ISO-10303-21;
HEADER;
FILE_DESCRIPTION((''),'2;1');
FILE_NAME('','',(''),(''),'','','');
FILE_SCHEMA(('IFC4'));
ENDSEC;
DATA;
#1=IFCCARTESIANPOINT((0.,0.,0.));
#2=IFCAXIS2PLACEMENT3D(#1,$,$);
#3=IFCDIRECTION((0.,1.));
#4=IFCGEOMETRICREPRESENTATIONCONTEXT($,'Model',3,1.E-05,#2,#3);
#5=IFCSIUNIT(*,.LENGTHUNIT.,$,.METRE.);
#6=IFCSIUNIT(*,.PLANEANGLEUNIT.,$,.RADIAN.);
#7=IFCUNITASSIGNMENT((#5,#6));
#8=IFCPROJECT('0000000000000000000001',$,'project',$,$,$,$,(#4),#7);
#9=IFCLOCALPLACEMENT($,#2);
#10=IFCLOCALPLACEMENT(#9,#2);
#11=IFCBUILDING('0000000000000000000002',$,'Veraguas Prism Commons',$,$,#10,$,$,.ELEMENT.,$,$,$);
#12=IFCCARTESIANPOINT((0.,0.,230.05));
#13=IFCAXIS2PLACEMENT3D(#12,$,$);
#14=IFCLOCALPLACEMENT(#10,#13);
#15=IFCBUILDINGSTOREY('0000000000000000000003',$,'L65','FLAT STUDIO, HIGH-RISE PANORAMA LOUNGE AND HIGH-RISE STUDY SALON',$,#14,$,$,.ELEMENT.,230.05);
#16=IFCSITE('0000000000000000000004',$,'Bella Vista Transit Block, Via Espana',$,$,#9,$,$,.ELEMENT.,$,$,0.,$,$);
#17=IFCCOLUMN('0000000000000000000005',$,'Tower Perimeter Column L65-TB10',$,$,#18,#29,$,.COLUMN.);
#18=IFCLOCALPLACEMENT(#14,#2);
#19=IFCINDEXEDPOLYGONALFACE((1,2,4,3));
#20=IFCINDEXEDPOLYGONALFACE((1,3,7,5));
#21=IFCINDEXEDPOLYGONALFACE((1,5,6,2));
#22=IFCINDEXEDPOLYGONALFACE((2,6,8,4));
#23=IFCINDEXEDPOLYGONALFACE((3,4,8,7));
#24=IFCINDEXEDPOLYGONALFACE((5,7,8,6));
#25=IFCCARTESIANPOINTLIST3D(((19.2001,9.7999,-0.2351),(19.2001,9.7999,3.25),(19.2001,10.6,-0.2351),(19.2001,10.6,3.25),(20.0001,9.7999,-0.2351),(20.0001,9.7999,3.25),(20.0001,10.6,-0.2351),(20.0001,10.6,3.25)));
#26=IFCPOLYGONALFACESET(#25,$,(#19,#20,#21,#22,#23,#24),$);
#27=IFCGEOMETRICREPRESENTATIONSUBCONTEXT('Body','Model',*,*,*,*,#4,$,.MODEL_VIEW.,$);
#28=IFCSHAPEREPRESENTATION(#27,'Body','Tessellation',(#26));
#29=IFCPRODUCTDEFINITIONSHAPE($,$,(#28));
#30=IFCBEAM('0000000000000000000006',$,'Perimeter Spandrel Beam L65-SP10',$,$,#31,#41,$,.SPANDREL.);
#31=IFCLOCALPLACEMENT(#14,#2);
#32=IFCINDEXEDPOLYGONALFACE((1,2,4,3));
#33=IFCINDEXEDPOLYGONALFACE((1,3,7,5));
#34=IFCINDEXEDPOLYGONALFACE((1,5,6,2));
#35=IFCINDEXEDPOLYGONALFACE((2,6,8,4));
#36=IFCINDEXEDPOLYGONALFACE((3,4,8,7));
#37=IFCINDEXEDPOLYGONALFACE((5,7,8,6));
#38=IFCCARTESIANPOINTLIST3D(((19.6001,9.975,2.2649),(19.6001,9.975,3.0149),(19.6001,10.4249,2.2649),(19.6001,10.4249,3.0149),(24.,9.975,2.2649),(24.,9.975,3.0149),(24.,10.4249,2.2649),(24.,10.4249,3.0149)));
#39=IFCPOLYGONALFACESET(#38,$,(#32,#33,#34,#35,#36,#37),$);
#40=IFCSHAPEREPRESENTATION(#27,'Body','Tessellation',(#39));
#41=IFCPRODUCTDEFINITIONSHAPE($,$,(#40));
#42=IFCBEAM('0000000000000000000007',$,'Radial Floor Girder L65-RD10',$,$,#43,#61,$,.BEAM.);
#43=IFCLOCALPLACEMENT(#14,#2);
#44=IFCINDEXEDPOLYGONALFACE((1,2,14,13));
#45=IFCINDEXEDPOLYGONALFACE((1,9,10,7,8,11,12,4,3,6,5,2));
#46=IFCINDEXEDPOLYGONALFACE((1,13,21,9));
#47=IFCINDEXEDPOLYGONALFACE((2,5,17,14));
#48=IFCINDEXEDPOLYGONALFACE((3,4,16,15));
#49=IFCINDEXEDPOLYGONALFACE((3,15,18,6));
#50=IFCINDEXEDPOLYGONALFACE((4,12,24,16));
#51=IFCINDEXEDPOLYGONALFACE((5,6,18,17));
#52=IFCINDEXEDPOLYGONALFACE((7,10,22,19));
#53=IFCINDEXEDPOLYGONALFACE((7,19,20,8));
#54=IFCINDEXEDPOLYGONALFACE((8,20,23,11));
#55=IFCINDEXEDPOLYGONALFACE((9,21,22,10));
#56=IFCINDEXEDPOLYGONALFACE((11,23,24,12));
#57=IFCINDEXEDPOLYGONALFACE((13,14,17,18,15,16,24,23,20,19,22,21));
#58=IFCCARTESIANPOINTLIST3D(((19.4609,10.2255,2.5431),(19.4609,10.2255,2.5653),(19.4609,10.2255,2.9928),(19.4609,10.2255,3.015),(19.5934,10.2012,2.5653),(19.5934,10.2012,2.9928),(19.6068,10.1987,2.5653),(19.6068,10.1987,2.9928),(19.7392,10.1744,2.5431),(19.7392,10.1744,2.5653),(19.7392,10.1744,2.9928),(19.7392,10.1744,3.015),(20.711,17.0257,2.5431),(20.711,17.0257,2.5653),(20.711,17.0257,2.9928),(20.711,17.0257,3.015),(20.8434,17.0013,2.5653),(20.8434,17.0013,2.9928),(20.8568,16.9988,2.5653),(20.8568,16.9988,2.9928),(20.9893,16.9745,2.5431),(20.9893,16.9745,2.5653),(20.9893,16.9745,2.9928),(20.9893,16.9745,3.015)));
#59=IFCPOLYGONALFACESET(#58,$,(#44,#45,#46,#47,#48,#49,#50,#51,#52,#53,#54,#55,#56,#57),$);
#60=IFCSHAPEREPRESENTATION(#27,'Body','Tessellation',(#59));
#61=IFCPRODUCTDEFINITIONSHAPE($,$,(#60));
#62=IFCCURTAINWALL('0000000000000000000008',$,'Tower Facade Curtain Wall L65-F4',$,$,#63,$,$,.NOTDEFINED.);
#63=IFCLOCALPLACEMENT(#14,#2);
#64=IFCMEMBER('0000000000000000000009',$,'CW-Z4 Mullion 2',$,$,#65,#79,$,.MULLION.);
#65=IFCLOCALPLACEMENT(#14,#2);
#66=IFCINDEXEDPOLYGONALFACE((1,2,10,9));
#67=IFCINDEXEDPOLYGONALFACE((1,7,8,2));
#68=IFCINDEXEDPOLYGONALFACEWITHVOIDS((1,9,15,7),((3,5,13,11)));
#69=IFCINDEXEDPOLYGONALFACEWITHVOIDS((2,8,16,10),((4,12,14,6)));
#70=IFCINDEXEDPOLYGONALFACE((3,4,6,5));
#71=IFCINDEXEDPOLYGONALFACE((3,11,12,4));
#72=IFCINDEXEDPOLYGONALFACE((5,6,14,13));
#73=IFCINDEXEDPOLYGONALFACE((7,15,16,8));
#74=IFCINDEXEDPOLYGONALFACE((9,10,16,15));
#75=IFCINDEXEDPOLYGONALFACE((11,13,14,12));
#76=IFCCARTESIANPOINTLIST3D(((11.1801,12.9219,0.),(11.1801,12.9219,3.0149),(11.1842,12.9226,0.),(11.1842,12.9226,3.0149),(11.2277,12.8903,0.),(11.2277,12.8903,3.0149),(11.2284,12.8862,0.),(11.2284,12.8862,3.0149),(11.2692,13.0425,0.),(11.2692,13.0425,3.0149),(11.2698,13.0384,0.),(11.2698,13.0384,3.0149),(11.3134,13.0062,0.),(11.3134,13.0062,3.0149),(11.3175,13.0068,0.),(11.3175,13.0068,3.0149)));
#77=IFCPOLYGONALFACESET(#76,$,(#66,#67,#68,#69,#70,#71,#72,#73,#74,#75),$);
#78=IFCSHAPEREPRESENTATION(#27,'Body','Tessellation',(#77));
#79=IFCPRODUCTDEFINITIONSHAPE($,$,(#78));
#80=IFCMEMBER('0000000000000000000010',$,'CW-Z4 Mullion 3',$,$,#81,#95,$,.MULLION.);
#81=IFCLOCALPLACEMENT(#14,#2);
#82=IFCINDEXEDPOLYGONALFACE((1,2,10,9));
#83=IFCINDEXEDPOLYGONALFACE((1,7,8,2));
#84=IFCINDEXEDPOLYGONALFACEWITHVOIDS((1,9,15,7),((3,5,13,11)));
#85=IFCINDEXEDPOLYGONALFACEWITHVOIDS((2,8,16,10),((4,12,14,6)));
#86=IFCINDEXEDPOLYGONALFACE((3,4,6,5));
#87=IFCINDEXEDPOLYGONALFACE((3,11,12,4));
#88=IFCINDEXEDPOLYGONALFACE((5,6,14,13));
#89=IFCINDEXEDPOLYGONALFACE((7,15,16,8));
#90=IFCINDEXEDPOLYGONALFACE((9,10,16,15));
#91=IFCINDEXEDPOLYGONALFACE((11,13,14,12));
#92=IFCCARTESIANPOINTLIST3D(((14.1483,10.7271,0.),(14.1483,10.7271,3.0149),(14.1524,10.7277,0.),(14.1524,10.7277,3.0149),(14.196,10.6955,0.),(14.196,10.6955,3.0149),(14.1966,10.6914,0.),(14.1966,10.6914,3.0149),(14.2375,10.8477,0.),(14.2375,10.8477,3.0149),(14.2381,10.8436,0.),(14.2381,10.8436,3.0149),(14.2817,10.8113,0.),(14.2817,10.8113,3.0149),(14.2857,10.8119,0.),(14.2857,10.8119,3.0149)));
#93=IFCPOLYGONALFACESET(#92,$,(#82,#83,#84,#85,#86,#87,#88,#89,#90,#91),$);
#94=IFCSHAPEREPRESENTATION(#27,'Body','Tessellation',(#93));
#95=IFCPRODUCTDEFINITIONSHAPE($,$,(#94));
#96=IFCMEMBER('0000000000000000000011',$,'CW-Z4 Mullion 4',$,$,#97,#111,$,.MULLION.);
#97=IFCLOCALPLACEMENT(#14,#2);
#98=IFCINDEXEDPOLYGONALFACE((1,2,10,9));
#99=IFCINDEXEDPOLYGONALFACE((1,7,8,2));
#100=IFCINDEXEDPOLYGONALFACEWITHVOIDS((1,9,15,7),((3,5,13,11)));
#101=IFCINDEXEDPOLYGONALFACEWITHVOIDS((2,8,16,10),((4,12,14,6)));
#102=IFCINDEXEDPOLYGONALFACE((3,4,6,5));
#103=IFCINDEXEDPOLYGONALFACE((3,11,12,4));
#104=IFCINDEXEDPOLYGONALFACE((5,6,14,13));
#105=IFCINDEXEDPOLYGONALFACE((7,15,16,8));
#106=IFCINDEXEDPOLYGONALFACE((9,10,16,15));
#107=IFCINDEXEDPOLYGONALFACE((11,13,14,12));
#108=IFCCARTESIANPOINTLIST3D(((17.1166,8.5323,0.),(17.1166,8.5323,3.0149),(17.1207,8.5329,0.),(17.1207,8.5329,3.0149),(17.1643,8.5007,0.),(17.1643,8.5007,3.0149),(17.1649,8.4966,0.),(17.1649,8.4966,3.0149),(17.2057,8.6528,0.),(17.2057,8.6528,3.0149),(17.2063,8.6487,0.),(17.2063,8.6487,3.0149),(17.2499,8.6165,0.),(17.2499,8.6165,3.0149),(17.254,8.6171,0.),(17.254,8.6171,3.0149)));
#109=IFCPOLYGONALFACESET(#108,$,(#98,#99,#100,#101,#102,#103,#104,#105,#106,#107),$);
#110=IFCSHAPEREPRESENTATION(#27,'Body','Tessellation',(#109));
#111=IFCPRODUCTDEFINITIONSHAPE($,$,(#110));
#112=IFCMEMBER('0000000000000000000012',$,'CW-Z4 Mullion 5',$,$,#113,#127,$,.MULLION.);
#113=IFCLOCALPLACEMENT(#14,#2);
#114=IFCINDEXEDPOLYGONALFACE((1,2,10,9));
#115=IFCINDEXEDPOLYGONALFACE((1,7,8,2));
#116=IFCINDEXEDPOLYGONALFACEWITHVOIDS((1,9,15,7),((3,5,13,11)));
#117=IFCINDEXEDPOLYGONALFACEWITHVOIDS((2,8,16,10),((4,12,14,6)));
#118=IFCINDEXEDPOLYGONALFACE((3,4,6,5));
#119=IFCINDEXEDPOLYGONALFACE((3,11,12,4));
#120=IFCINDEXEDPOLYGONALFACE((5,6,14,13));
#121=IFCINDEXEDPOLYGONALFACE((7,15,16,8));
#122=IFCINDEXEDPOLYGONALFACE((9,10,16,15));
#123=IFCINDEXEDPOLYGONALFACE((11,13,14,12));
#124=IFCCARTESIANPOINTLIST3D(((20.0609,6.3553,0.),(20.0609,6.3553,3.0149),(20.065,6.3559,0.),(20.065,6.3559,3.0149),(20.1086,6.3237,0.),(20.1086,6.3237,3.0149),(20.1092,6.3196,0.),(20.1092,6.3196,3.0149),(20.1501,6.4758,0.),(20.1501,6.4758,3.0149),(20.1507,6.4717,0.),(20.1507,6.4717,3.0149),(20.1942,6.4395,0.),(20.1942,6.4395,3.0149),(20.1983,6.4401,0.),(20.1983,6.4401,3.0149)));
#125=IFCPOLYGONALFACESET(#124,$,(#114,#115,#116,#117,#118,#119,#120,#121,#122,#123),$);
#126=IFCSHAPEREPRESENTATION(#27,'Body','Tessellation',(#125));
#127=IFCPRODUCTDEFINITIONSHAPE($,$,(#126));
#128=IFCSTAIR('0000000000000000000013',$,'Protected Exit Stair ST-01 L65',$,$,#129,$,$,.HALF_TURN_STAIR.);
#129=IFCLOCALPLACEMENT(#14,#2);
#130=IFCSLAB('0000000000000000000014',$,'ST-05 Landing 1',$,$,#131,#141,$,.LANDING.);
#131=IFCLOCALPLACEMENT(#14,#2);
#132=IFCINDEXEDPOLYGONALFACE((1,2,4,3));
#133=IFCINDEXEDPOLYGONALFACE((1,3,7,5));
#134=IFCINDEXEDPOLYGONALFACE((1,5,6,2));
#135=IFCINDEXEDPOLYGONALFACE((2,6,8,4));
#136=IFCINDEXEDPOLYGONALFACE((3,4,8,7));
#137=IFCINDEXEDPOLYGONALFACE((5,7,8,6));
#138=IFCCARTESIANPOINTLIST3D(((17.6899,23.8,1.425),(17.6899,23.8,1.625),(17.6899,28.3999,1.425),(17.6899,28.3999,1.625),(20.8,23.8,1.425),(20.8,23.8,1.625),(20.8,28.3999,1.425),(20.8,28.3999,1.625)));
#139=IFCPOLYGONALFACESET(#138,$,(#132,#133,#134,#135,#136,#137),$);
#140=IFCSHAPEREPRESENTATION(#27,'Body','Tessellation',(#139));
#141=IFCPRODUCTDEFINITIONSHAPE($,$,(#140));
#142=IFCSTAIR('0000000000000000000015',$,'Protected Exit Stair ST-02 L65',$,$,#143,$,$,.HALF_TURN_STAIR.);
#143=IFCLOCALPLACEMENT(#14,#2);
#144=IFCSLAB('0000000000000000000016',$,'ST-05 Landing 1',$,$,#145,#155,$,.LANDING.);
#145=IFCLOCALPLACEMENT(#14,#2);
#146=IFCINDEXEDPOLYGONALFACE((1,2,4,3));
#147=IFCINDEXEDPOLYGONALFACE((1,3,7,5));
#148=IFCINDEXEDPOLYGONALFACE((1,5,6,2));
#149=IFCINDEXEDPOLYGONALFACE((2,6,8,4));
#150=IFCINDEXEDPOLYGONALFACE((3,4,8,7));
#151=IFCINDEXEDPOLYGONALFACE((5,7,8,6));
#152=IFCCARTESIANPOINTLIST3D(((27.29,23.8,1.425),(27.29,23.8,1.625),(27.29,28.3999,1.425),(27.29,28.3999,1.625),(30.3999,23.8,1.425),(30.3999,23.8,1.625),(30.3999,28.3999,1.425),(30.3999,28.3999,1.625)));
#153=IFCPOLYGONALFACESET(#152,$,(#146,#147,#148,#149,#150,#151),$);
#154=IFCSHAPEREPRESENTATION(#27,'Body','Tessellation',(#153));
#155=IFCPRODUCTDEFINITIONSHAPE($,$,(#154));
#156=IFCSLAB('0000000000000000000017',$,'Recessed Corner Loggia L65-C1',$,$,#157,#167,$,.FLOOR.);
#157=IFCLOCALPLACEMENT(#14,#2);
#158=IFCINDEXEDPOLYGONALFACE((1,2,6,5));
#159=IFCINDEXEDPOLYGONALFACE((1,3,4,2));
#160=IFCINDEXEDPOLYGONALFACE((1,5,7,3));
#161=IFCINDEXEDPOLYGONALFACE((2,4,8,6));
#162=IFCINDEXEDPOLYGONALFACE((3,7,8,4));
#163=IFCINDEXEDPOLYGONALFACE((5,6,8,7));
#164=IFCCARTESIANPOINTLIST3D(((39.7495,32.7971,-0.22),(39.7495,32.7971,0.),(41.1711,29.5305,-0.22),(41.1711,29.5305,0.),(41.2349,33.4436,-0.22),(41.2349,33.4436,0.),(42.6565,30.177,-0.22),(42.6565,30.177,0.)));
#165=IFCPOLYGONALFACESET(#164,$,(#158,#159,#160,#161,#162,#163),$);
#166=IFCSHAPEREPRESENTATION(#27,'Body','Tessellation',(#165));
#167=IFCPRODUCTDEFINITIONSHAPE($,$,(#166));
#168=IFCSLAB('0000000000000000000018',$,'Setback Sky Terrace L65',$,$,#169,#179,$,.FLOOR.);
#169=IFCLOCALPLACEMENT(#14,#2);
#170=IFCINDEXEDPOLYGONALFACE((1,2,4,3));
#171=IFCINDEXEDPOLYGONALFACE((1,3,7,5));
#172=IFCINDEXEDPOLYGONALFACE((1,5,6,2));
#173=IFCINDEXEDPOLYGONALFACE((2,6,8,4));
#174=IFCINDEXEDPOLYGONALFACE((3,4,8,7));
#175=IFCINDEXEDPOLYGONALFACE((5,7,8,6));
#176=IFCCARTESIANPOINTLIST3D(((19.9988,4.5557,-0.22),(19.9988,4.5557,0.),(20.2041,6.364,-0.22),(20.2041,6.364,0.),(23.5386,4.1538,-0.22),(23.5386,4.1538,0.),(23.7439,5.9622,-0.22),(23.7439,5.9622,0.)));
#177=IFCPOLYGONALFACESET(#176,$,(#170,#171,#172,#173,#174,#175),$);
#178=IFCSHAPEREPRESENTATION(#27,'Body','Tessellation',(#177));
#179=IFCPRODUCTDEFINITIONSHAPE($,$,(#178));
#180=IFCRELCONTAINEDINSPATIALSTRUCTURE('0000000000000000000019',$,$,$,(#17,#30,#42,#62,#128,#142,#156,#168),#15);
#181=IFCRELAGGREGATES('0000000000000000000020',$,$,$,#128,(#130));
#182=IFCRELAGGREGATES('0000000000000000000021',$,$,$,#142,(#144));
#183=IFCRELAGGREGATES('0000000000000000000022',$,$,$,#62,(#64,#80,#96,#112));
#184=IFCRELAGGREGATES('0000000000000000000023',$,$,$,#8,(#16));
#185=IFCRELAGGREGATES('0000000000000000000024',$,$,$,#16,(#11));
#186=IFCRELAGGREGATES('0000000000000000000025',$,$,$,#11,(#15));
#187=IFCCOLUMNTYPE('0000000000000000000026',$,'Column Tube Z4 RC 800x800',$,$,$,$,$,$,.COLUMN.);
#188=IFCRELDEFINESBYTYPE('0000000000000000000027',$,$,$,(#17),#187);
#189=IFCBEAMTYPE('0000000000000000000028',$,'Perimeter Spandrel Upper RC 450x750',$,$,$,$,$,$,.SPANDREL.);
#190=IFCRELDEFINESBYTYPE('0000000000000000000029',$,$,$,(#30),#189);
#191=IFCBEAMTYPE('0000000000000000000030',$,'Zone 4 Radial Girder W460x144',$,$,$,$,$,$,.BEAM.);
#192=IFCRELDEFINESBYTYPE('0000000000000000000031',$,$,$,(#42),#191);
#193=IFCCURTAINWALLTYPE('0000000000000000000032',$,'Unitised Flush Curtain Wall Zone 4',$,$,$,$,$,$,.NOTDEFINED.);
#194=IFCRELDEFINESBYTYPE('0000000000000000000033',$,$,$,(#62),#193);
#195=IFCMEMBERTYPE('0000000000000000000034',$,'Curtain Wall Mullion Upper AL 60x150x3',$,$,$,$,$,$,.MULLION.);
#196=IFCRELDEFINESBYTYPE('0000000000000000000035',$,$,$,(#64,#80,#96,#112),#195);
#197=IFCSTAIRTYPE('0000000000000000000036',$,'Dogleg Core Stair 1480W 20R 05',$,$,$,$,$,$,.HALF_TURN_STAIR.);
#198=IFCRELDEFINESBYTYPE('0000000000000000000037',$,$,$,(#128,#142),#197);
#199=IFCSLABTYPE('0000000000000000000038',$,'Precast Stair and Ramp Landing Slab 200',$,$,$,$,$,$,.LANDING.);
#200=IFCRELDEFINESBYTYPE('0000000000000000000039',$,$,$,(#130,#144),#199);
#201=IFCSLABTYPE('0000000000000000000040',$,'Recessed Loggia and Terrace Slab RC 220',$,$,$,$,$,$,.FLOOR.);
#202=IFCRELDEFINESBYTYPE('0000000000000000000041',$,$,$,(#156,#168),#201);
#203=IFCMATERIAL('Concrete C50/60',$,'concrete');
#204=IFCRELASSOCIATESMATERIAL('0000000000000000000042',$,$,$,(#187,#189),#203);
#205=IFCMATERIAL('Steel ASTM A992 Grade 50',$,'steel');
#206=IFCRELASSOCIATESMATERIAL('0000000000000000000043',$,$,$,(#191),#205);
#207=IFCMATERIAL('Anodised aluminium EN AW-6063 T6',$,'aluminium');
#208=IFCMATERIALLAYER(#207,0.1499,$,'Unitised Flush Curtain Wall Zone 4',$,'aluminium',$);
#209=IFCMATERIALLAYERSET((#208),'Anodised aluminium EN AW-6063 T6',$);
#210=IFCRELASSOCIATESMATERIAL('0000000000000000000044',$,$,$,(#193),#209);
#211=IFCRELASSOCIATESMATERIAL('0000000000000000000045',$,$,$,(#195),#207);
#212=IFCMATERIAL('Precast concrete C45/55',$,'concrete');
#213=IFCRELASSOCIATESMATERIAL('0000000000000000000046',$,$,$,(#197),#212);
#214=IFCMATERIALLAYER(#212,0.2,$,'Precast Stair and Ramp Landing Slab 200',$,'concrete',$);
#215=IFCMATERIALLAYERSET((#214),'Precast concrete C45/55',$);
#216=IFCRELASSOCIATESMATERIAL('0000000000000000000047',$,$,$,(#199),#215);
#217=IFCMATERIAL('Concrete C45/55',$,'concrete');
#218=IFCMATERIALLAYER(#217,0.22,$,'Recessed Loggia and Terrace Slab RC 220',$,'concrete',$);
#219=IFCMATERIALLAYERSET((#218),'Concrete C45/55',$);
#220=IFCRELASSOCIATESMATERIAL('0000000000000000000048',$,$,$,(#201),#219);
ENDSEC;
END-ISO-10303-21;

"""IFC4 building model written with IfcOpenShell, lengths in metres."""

from ifc_helpers import new_model, si_unit, direction, frame, origin, origin_2d, place, context, subcontext, project, spatial, polyline, rectangle, hollow_rectangle, i_section, outline, extrude, source, transform, mapped, material, layer, layer_set, material_profile, profile_set, type_object, element, aggregate, save


model = new_model("IFC4")

# Units and contexts
model_context = context("Model", 3, precision=1e-05, world=origin(), true_north=direction((0.0, 1.0)))
body_context = subcontext(model_context, "Body", "Model", "MODEL_VIEW")
ifc_project = project(units=[si_unit("LENGTHUNIT", "METRE"), si_unit("PLANEANGLEUNIT", "RADIAN")], contexts=[model_context])

# Site, building, storey
site_placement = place(None, origin())
site = spatial("IfcSite", under=ifc_project, at=site_placement, Name="Bella Vista Transit Block, Via Espana", CompositionType="ELEMENT", RefElevation=0.0)
building_placement = place(site_placement, origin())
building = spatial("IfcBuilding", under=site, at=building_placement, Name="Veraguas Prism Commons", CompositionType="ELEMENT")
storey_placement = place(building_placement, frame((0.0, 0.0, 230.05)))
storey = spatial("IfcBuildingStorey", under=building, at=storey_placement, Name="L65", Description="FLAT STUDIO, HIGH-RISE PANORAMA LOUNGE AND HIGH-RISE STUDY SALON", CompositionType="ELEMENT", Elevation=230.05)

# Column
ifc_material_1 = material(Name="Concrete C50/60", Category="concrete")
ifc_material_profile_1 = material_profile(ifc_material_1, rectangle(XDim=0.8, YDim=0.8, at=origin_2d()), Name="RC800X800")
ifc_profile_set_1 = profile_set([ifc_material_profile_1], Name="Concrete C50/60")
column_type = type_object("IfcColumnType", Name="Column Tube Z4 RC 800x800", PredefinedType="COLUMN", material=ifc_profile_set_1)
column_placement = place(storey_placement, frame((19.6001, 10.2, -0.2351), z_axis=(0.0, 0.0, 1.0), x_axis=(1.0, 0.0, 0.0)))
element("IfcColumn", 1, at=column_placement, inside=storey, type_object=column_type, Name="Tower Perimeter Column L65-TB10", PredefinedType="COLUMN", context=body_context, shape_type="SweptSolid", body=[
    extrude(rectangle(XDim=0.8, YDim=0.8, at=origin_2d()), origin(), (0.0, 0.0, 1.0), 3.4851),
])

# Beams
ifc_material_profile_2 = material_profile(ifc_material_1, rectangle(XDim=0.45, YDim=0.75, at=origin_2d()), Name="RC450X750")
ifc_profile_set_2 = profile_set([ifc_material_profile_2], Name="Concrete C50/60")
beam_type_1 = type_object("IfcBeamType", Name="Perimeter Spandrel Upper RC 450x750", PredefinedType="SPANDREL", material=ifc_profile_set_2)
beam_1_placement = place(storey_placement, frame((19.6001, 10.2, 2.6399), z_axis=(1.0, 0.0, 0.0), x_axis=(0.0, 1.0, 0.0)))
element("IfcBeam", 2, at=beam_1_placement, inside=storey, type_object=beam_type_1, Name="Perimeter Spandrel Beam L65-SP10", PredefinedType="SPANDREL", context=body_context, shape_type="SweptSolid", body=[
    extrude(rectangle(XDim=0.45, YDim=0.75, at=origin_2d()), origin(), (0.0, 0.0, 1.0), 4.3999),
])
ifc_material_2 = material(Name="Steel ASTM A992 Grade 50", Category="steel")
ifc_material_profile_3 = material_profile(ifc_material_2, i_section(OverallWidth=0.283, OverallDepth=0.4719, WebThickness=0.0137, FlangeThickness=0.0222, at=origin_2d()), Name="W460X144")
ifc_profile_set_3 = profile_set([ifc_material_profile_3], Name="Steel ASTM A992 Grade 50")
beam_type_2 = type_object("IfcBeamType", Name="Zone 4 Radial Girder W460x144", PredefinedType="BEAM", material=ifc_profile_set_3)
beam_2_placement = place(storey_placement, frame((19.6001, 10.2, 2.7791), z_axis=(0.180793, 0.983521, 0.0), x_axis=(-0.983521, 0.180793, 0.0)))
element("IfcBeam", 3, at=beam_2_placement, inside=storey, type_object=beam_type_2, Name="Radial Floor Girder L65-RD10", PredefinedType="BEAM", context=body_context, shape_type="SweptSolid", body=[
    extrude(i_section(OverallWidth=0.283, OverallDepth=0.4719, WebThickness=0.0137, FlangeThickness=0.0222, at=origin_2d()), origin(), (0.0, 0.0, 1.0), 6.9141),
])

# Curtain wall, members
ifc_material_3 = material(Name="Anodised aluminium EN AW-6063 T6", Category="aluminium")
ifc_layer_1 = layer(ifc_material_3, 0.1499, Name="Unitised Flush Curtain Wall Zone 4", Category="aluminium")
ifc_layer_set_1 = layer_set([ifc_layer_1], Name="Anodised aluminium EN AW-6063 T6")
curtain_wall_type = type_object("IfcCurtainWallType", Name="Unitised Flush Curtain Wall Zone 4", PredefinedType="NOTDEFINED", material=ifc_layer_set_1)
curtain_wall_placement = place(storey_placement, origin())
curtain_wall = element("IfcCurtainWall", 4, at=curtain_wall_placement, inside=storey, type_object=curtain_wall_type, Name="Tower Facade Curtain Wall L65-F4", PredefinedType="NOTDEFINED")
ifc_material_profile_4 = material_profile(ifc_material_3, hollow_rectangle(XDim=0.0601, YDim=0.1499, WallThickness=0.0029, at=origin_2d()), Name="AL60X150X3")
ifc_profile_set_4 = profile_set([ifc_material_profile_4], Name="Anodised aluminium EN AW-6063 T6")
member_type = type_object("IfcMemberType", Name="Curtain Wall Mullion Upper AL 60x150x3", PredefinedType="MULLION", material=ifc_profile_set_4)
shared_shape_1 = source(origin(), body_context, "Body", "SweptSolid", [
    extrude(hollow_rectangle(XDim=0.0601, YDim=0.1499, WallThickness=0.0029, at=origin_2d()), origin(), (0.0, 0.0, 1.0), 3.0149),
])
member_1_placement = place(storey_placement, frame((11.2488, 12.9644, 0.0), z_axis=(0.0, 0.0, 1.0), x_axis=(0.804068, -0.594538, 0.0)))
member_1 = element("IfcMember", 5, at=member_1_placement, type_object=member_type, Name="CW-Z4 Mullion 2", PredefinedType="MULLION", context=body_context, shape_type="MappedRepresentation", body=[
    mapped(shared_shape_1, transform((0.0, 0.0, 0.0), scale=1.0)),
])
member_2_placement = place(storey_placement, frame((14.217, 10.7695, 0.0), z_axis=(0.0, 0.0, 1.0), x_axis=(0.804068, -0.594538, 0.0)))
member_2 = element("IfcMember", 6, at=member_2_placement, type_object=member_type, Name="CW-Z4 Mullion 3", PredefinedType="MULLION", context=body_context, shape_type="MappedRepresentation", body=[
    mapped(shared_shape_1, transform((0.0, 0.0, 0.0), scale=1.0)),
])
member_3_placement = place(storey_placement, frame((17.1853, 8.5747, 0.0), z_axis=(0.0, 0.0, 1.0), x_axis=(0.804068, -0.594538, 0.0)))
member_3 = element("IfcMember", 7, at=member_3_placement, type_object=member_type, Name="CW-Z4 Mullion 4", PredefinedType="MULLION", context=body_context, shape_type="MappedRepresentation", body=[
    mapped(shared_shape_1, transform((0.0, 0.0, 0.0), scale=1.0)),
])
member_4_placement = place(storey_placement, frame((20.1296, 6.3977, 0.0), z_axis=(0.0, 0.0, 1.0), x_axis=(0.804068, -0.594538, 0.0)))
member_4 = element("IfcMember", 8, at=member_4_placement, type_object=member_type, Name="CW-Z4 Mullion 5", PredefinedType="MULLION", context=body_context, shape_type="MappedRepresentation", body=[
    mapped(shared_shape_1, transform((0.0, 0.0, 0.0), scale=1.0)),
])

# Stairs, slabs
ifc_material_4 = material(Name="Precast concrete C45/55", Category="concrete")
stair_type = type_object("IfcStairType", Name="Dogleg Core Stair 1480W 20R 05", PredefinedType="HALF_TURN_STAIR", material=ifc_material_4)
stair_1_placement = place(storey_placement, origin())
stair_1 = element("IfcStair", 9, at=stair_1_placement, inside=storey, type_object=stair_type, Name="Protected Exit Stair ST-01 L65", PredefinedType="HALF_TURN_STAIR")
ifc_layer_2 = layer(ifc_material_4, 0.2, Name="Precast Stair and Ramp Landing Slab 200", Category="concrete")
ifc_layer_set_2 = layer_set([ifc_layer_2], Name="Precast concrete C45/55")
slab_type_1 = type_object("IfcSlabType", Name="Precast Stair and Ramp Landing Slab 200", PredefinedType="LANDING", material=ifc_layer_set_2)
slab_1_placement = place(storey_placement, frame((0.0, 0.0, 1.425)))
slab_1 = element("IfcSlab", 10, at=slab_1_placement, type_object=slab_type_1, Name="ST-05 Landing 1", PredefinedType="LANDING", context=body_context, shape_type="SweptSolid", body=[
    extrude(outline(polyline([(20.8, 23.8), (20.8, 28.3999), (17.6899, 28.3999), (17.6899, 23.8), (20.8, 23.8)])), origin(), (0.0, 0.0, 1.0), 0.2),
])
aggregate(stair_1, [slab_1])
stair_2_placement = place(storey_placement, origin())
stair_2 = element("IfcStair", 11, at=stair_2_placement, inside=storey, type_object=stair_type, Name="Protected Exit Stair ST-02 L65", PredefinedType="HALF_TURN_STAIR")
slab_2_placement = place(storey_placement, frame((0.0, 0.0, 1.425)))
slab_2 = element("IfcSlab", 12, at=slab_2_placement, type_object=slab_type_1, Name="ST-05 Landing 1", PredefinedType="LANDING", context=body_context, shape_type="SweptSolid", body=[
    extrude(outline(polyline([(30.3999, 23.8), (30.3999, 28.3999), (27.29, 28.3999), (27.29, 23.8), (30.3999, 23.8)])), origin(), (0.0, 0.0, 1.0), 0.2),
])
aggregate(stair_2, [slab_2])

# Slabs
ifc_material_5 = material(Name="Concrete C45/55", Category="concrete")
ifc_layer_3 = layer(ifc_material_5, 0.22, Name="Recessed Loggia and Terrace Slab RC 220", Category="concrete")
ifc_layer_set_3 = layer_set([ifc_layer_3], Name="Concrete C45/55")
slab_type_2 = type_object("IfcSlabType", Name="Recessed Loggia and Terrace Slab RC 220", PredefinedType="FLOOR", material=ifc_layer_set_3)
slab_3_placement = place(storey_placement, frame((0.0, 0.0, -0.22)))
element("IfcSlab", 13, at=slab_3_placement, inside=storey, type_object=slab_type_2, Name="Recessed Corner Loggia L65-C1", PredefinedType="FLOOR", context=body_context, shape_type="SweptSolid", body=[
    extrude(outline(polyline([(41.1711, 29.5305), (42.6565, 30.177), (41.2349, 33.4436), (39.7495, 32.7971), (41.1711, 29.5305)])), origin(), (0.0, 0.0, 1.0), 0.22),
])
slab_4_placement = place(storey_placement, frame((0.0, 0.0, -0.22)))
element("IfcSlab", 14, at=slab_4_placement, inside=storey, type_object=slab_type_2, Name="Setback Sky Terrace L65", PredefinedType="FLOOR", context=body_context, shape_type="SweptSolid", body=[
    extrude(outline(polyline([(20.2041, 6.364), (19.9988, 4.5557), (23.5386, 4.1538), (23.7439, 5.9622), (20.2041, 6.364)])), origin(), (0.0, 0.0, 1.0), 0.22),
])

aggregate(curtain_wall, [member_1, member_2, member_3, member_4])

save(model, "model.ifc")
